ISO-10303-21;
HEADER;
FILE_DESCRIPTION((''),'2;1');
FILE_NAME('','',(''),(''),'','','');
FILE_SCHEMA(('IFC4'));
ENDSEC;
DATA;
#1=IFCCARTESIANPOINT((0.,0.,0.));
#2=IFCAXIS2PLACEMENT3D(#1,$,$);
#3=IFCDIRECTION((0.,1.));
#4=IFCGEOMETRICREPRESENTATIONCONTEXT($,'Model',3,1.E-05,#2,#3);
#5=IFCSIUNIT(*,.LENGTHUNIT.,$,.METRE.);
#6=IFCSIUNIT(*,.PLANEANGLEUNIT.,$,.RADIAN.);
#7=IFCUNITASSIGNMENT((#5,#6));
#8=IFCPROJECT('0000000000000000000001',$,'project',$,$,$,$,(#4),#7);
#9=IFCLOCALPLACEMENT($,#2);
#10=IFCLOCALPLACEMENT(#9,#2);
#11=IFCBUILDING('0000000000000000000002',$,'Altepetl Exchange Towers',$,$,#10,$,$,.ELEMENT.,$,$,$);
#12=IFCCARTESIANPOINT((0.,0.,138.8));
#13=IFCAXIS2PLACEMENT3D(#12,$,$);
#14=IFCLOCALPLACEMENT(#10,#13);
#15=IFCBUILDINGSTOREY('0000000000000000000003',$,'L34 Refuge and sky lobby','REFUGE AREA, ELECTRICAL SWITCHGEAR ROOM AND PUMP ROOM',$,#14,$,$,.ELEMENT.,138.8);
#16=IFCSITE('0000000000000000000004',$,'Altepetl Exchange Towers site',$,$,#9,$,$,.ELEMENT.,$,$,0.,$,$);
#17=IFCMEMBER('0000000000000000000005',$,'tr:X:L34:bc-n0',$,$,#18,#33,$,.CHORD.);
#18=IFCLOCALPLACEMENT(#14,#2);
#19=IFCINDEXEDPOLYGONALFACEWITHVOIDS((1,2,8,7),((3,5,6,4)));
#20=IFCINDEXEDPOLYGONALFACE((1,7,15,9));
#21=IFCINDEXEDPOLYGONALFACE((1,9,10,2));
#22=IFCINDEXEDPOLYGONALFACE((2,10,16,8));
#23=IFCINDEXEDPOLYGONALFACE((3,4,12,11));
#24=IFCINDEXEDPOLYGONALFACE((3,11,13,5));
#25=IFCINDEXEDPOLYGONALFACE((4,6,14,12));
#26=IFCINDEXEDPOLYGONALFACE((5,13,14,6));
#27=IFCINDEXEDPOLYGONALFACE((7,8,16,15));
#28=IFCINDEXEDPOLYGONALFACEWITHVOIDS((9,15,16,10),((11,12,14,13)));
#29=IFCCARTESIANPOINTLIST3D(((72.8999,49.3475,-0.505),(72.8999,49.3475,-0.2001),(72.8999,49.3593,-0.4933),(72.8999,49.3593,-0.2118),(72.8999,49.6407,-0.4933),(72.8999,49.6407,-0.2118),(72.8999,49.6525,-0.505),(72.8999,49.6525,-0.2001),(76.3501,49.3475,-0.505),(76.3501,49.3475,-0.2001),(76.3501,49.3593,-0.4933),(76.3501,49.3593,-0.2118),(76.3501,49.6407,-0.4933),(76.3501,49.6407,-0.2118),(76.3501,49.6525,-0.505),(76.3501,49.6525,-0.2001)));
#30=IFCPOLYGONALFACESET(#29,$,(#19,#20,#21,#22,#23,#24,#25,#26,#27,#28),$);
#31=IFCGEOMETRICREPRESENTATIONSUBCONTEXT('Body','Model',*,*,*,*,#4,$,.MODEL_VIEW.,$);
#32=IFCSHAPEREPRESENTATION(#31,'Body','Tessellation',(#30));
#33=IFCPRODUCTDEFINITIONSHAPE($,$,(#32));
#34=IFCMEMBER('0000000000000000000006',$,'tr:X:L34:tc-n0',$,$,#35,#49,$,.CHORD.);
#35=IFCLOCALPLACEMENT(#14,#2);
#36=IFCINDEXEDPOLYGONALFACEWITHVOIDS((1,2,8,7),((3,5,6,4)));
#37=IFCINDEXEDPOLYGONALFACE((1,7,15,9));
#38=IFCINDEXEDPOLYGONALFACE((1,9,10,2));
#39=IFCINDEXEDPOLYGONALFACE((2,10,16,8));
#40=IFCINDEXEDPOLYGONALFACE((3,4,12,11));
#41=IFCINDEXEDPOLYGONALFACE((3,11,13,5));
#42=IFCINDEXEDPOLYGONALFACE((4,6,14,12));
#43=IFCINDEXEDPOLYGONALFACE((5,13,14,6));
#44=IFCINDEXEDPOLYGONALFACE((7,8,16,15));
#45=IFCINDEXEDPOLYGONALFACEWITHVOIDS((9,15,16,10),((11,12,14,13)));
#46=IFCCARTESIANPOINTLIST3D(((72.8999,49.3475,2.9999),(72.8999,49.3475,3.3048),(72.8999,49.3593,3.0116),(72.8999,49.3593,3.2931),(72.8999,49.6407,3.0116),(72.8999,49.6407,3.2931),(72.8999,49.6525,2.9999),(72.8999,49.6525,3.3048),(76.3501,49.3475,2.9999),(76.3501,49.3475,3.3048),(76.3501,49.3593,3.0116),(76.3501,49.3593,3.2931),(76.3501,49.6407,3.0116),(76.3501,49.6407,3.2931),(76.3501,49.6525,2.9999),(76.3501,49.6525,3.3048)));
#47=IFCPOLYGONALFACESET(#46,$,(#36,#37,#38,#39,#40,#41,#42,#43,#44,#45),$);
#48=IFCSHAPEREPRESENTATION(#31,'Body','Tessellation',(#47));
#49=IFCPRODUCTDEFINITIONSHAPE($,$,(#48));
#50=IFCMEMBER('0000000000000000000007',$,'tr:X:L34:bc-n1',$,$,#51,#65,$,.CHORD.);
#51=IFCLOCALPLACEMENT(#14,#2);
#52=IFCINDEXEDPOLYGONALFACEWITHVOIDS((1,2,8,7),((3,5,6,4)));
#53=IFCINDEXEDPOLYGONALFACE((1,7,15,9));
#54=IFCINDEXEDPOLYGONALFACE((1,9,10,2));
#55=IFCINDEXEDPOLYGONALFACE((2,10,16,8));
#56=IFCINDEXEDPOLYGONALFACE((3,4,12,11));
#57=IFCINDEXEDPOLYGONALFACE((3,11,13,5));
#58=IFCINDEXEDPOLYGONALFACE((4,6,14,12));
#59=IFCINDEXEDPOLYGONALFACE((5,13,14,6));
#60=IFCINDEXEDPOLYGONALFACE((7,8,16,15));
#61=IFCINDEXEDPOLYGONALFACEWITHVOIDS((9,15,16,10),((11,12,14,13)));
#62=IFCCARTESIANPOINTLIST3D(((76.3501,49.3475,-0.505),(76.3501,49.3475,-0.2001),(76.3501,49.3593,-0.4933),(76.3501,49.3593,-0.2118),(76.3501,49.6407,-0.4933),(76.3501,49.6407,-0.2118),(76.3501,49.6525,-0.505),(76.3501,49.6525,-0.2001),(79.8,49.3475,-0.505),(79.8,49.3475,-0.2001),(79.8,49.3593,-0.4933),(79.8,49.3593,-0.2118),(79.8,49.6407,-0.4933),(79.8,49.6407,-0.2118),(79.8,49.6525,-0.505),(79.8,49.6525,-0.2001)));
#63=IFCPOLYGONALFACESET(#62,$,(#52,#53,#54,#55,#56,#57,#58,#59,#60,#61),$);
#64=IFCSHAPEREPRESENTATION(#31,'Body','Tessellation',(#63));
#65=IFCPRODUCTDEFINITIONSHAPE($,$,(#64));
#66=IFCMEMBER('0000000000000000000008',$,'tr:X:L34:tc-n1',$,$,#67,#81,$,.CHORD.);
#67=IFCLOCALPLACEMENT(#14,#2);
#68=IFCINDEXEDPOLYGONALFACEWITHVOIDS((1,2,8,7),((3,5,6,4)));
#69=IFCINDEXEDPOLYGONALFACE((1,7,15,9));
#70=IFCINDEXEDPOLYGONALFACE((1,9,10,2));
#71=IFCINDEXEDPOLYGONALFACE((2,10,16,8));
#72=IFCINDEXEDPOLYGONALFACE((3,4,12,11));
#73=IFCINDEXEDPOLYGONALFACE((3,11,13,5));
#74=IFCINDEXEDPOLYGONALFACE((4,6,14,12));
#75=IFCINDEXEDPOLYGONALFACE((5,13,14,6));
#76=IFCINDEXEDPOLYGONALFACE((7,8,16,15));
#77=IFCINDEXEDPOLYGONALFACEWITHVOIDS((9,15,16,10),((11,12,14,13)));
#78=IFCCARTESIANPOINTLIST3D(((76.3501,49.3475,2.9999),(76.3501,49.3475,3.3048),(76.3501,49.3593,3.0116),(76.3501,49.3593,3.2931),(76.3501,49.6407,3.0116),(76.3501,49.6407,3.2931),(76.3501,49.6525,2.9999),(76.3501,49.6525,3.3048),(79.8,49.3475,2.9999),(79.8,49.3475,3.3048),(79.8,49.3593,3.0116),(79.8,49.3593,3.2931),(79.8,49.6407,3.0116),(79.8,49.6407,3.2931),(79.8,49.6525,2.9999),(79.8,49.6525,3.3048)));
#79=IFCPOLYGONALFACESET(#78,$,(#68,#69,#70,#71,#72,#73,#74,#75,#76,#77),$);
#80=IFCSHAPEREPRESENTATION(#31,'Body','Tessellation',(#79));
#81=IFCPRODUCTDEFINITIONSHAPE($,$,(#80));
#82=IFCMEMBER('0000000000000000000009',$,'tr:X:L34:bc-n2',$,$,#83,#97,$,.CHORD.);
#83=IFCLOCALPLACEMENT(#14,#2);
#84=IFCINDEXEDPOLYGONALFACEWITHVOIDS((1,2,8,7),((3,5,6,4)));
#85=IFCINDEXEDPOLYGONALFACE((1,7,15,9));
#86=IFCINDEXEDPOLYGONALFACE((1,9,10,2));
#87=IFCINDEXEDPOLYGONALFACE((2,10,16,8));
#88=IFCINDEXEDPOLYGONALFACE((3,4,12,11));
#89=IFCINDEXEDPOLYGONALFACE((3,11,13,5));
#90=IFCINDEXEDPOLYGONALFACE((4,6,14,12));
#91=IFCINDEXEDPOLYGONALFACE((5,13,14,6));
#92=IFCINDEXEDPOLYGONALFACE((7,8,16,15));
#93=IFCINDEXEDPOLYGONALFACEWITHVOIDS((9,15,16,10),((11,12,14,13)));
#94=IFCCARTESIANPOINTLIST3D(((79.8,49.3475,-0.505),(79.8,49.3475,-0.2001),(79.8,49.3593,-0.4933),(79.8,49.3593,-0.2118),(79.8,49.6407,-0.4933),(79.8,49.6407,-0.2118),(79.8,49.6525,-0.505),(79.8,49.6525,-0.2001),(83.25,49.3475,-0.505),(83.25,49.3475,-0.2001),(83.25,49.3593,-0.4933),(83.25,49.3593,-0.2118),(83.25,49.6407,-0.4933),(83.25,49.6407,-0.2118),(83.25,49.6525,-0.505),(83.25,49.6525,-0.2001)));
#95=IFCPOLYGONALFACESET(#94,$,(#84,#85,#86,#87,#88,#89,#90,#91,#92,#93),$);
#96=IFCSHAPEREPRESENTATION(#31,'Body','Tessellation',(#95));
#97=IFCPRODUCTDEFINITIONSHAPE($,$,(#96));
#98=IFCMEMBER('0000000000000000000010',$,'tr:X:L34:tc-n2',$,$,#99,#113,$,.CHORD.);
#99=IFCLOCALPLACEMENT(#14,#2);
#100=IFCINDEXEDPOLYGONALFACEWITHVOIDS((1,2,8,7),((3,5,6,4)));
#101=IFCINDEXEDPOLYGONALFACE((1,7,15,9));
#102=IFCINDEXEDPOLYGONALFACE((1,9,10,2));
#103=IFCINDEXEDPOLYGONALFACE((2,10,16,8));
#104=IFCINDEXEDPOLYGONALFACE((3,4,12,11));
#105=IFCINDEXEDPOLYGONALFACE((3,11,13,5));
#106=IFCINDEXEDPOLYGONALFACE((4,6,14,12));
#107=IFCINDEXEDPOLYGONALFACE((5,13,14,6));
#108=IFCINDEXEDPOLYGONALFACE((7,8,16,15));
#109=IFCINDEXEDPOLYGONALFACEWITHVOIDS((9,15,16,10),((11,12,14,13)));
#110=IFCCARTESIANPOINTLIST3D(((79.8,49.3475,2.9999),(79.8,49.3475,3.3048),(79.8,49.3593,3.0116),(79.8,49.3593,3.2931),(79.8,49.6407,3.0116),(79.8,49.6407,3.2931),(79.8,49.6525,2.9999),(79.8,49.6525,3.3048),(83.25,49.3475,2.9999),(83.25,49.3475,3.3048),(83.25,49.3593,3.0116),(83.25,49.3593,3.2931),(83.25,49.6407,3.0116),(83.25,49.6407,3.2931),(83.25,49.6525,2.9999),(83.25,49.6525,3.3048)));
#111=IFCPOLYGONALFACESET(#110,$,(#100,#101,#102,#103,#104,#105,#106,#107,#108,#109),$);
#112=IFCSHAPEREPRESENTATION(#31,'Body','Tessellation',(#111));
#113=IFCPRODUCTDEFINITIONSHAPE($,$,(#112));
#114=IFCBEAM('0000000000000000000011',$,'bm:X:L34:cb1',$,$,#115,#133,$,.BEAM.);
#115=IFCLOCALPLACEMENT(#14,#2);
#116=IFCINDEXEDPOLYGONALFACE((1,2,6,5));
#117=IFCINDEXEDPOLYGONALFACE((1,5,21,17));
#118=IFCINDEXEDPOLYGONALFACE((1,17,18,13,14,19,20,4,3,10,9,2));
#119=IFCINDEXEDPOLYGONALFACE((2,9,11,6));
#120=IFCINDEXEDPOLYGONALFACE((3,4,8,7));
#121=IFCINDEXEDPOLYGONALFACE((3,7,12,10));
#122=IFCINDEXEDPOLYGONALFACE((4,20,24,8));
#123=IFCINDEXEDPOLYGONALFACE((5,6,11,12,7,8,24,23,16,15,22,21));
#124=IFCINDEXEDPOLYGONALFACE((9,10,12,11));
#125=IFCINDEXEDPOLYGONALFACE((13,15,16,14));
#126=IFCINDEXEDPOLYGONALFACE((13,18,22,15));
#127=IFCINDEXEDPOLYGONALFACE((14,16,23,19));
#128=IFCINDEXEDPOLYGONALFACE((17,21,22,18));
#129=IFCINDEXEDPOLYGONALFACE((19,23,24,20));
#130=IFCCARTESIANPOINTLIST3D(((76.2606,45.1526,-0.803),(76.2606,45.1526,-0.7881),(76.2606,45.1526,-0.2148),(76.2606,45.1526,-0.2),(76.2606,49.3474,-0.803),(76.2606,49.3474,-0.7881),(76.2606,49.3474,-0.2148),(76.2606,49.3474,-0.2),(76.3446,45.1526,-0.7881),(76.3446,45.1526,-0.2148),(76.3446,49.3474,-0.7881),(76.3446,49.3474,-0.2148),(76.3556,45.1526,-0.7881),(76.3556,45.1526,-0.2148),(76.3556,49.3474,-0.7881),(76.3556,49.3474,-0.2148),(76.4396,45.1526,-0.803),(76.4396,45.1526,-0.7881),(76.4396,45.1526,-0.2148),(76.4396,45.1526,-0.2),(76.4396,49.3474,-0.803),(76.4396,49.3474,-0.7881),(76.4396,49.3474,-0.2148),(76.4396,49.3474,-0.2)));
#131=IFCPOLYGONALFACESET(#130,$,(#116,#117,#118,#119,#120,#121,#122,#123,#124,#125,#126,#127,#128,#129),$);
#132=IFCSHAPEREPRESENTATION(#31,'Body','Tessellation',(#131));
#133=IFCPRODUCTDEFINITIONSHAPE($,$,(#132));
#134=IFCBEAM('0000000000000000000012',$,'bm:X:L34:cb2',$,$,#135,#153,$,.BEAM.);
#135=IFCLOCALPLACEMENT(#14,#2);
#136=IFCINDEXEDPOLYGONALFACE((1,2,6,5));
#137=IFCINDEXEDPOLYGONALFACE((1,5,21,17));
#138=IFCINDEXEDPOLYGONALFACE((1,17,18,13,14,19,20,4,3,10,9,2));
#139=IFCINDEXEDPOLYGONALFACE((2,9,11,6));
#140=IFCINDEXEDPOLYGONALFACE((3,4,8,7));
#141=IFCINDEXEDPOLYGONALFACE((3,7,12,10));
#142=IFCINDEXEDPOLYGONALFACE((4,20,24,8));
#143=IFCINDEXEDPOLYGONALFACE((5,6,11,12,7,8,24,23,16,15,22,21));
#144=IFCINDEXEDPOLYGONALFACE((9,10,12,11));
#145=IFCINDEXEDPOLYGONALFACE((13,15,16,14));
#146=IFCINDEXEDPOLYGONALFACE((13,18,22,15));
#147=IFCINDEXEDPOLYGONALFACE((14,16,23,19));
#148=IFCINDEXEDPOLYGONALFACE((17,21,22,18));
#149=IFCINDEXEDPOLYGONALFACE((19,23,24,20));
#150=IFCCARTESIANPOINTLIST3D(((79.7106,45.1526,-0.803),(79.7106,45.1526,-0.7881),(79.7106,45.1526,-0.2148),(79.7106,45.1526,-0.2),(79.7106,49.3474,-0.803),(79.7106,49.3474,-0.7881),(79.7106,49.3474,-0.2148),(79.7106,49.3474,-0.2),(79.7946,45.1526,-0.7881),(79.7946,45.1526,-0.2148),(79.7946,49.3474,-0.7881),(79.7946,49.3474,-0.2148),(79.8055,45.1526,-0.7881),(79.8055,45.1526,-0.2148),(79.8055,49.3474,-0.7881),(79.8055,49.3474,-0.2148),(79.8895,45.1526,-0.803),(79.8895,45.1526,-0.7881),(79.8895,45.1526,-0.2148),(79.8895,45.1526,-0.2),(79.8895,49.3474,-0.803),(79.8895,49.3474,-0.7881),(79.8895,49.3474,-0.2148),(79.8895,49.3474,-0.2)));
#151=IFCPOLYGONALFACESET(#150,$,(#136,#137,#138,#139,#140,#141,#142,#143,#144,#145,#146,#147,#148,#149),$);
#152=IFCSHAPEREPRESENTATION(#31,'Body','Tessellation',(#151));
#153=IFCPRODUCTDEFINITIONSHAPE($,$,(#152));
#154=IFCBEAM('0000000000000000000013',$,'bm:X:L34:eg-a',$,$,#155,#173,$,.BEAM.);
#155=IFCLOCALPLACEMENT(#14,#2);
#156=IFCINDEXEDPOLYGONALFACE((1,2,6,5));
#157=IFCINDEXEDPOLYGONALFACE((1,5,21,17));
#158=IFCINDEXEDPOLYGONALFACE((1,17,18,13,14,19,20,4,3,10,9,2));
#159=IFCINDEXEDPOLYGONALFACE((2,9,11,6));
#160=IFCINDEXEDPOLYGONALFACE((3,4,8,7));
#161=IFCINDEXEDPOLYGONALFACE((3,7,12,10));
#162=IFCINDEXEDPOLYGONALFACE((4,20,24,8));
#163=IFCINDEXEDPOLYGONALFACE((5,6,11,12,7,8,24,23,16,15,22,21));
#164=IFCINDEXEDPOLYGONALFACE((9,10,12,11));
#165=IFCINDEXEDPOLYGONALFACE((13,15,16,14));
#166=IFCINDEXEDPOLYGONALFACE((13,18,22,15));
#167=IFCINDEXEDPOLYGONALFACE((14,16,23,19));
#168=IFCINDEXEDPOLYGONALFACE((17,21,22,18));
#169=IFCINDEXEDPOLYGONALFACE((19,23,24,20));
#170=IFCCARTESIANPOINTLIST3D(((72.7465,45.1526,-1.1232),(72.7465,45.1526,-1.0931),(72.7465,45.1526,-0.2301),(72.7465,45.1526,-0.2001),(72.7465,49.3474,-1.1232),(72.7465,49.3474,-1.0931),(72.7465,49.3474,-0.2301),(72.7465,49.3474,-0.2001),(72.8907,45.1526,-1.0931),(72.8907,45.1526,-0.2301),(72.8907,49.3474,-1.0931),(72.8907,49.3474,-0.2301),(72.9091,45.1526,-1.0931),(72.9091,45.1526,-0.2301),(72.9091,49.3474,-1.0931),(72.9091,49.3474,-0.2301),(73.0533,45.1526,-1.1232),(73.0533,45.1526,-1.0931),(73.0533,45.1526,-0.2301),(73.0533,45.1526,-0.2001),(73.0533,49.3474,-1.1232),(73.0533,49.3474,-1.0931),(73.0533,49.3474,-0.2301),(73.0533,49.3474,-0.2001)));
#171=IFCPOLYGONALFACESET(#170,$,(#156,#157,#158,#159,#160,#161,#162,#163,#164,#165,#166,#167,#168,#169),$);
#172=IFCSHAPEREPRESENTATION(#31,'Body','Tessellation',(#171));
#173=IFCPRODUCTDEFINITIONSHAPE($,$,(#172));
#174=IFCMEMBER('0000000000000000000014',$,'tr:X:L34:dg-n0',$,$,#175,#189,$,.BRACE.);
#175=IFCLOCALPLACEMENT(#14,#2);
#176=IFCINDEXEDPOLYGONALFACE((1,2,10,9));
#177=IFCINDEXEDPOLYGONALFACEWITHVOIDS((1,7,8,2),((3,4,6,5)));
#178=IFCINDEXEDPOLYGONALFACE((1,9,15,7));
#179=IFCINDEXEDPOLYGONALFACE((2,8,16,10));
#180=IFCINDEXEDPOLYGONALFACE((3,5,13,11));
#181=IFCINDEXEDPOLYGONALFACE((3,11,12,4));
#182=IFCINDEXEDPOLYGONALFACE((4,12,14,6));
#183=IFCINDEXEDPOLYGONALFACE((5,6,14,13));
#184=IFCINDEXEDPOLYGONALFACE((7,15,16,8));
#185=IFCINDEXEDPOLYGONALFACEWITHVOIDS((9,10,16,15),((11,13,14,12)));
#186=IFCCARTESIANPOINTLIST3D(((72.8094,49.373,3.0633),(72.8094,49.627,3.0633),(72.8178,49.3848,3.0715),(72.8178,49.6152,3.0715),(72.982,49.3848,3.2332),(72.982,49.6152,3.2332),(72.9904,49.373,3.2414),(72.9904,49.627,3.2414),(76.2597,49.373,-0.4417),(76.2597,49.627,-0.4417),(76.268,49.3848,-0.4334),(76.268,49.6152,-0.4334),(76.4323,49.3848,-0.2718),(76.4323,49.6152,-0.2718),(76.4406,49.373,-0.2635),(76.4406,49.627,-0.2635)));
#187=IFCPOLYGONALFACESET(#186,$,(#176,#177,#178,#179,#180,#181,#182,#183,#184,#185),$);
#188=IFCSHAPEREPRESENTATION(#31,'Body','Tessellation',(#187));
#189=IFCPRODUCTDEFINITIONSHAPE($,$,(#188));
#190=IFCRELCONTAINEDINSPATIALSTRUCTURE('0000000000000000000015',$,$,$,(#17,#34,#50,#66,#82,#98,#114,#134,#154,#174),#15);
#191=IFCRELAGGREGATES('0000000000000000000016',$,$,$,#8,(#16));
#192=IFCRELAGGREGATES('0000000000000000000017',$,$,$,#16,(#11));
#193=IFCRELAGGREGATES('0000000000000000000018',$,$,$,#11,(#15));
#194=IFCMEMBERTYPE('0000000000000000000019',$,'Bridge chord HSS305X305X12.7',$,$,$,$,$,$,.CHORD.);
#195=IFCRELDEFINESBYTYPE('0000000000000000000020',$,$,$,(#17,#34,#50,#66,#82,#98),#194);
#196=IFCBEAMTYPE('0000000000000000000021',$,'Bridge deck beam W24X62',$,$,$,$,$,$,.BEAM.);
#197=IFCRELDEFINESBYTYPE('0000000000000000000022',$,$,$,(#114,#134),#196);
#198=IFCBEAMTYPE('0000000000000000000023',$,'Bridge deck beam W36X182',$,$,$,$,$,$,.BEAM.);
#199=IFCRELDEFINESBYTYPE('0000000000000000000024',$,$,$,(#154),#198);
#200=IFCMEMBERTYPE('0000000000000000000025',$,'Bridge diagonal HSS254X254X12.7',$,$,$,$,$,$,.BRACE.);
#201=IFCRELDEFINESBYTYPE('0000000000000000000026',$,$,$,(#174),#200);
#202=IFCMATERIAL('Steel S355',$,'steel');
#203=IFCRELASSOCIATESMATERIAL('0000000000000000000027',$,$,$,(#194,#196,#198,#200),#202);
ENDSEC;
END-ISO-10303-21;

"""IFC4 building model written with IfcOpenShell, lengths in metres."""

from ifc_helpers import new_model, si_unit, direction, frame, origin, origin_2d, place, context, subcontext, project, spatial, hollow_rectangle, i_section, extrude, material, material_profile, profile_set, type_object, element, save


model = new_model("IFC4")

# Units and contexts
model_context = context("Model", 3, precision=1e-05, world=origin(), true_north=direction((0.0, 1.0)))
body_context = subcontext(model_context, "Body", "Model", "MODEL_VIEW")
ifc_project = project(units=[si_unit("LENGTHUNIT", "METRE"), si_unit("PLANEANGLEUNIT", "RADIAN")], contexts=[model_context])

# Site, building, storey
site_placement = place(None, origin())
site = spatial("IfcSite", under=ifc_project, at=site_placement, Name="Altepetl Exchange Towers site", CompositionType="ELEMENT", RefElevation=0.0)
building_placement = place(site_placement, origin())
building = spatial("IfcBuilding", under=site, at=building_placement, Name="Altepetl Exchange Towers", CompositionType="ELEMENT")
storey_placement = place(building_placement, frame((0.0, 0.0, 138.8)))
storey = spatial("IfcBuildingStorey", under=building, at=storey_placement, Name="L34 Refuge and sky lobby", Description="REFUGE AREA, ELECTRICAL SWITCHGEAR ROOM AND PUMP ROOM", CompositionType="ELEMENT", Elevation=138.8)

# Members
ifc_material_1 = material(Name="Steel S355", Category="steel")
ifc_material_profile_1 = material_profile(ifc_material_1, hollow_rectangle(XDim=0.3049, YDim=0.3049, WallThickness=0.0117, at=origin_2d()), Name="HSS305X305X12.7")
ifc_profile_set_1 = profile_set([ifc_material_profile_1], Name="Steel S355")
member_type_1 = type_object("IfcMemberType", Name="Bridge chord HSS305X305X12.7", PredefinedType="CHORD", material=ifc_profile_set_1)
for number, where, z_axis, x_axis, name in (
    (1, (72.8999, 49.5, -0.3525), (1.0, 0.0, 0.0), (0.0, 1.0, 0.0), "tr:X:L34:bc-n0"),
    (2, (72.8999, 49.5, 3.1523), (1.0, 0.0, 0.0), (0.0, 1.0, 0.0), "tr:X:L34:tc-n0"),
):
    element("IfcMember", number, at=place(storey_placement, frame(where, z_axis=z_axis, x_axis=x_axis)), inside=storey, type_object=member_type_1, Name=name, PredefinedType="CHORD", context=body_context, shape_type="SweptSolid", body=[
        extrude(hollow_rectangle(XDim=0.3049, YDim=0.3049, WallThickness=0.0117, at=origin_2d()), origin(), (0.0, 0.0, 1.0), 3.4502),
    ])
for number, where, z_axis, x_axis, name in (
    (3, (76.3501, 49.5, -0.3525), (1.0, 0.0, 0.0), (0.0, 1.0, 0.0), "tr:X:L34:bc-n1"),
    (4, (76.3501, 49.5, 3.1523), (1.0, 0.0, 0.0), (0.0, 1.0, 0.0), "tr:X:L34:tc-n1"),
    (5, (79.8, 49.5, -0.3525), (1.0, 0.0, 0.0), (0.0, 1.0, 0.0), "tr:X:L34:bc-n2"),
    (6, (79.8, 49.5, 3.1523), (1.0, 0.0, 0.0), (0.0, 1.0, 0.0), "tr:X:L34:tc-n2"),
):
    element("IfcMember", number, at=place(storey_placement, frame(where, z_axis=z_axis, x_axis=x_axis)), inside=storey, type_object=member_type_1, Name=name, PredefinedType="CHORD", context=body_context, shape_type="SweptSolid", body=[
        extrude(hollow_rectangle(XDim=0.3049, YDim=0.3049, WallThickness=0.0117, at=origin_2d()), origin(), (0.0, 0.0, 1.0), 3.45),
    ])

# Beams
ifc_material_profile_2 = material_profile(ifc_material_1, i_section(OverallWidth=0.179, OverallDepth=0.603, WebThickness=0.011, FlangeThickness=0.0149, at=origin_2d()), Name="W24X62")
ifc_profile_set_2 = profile_set([ifc_material_profile_2], Name="Steel S355")
beam_type_1 = type_object("IfcBeamType", Name="Bridge deck beam W24X62", PredefinedType="BEAM", material=ifc_profile_set_2)
for number, where, z_axis, x_axis, name in (
    (7, (76.3501, 45.1526, -0.5015), (0.0, 1.0, 0.0), (-1.0, 0.0, 0.0), "bm:X:L34:cb1"),
    (8, (79.8, 45.1526, -0.5015), (0.0, 1.0, 0.0), (-1.0, 0.0, 0.0), "bm:X:L34:cb2"),
):
    element("IfcBeam", number, at=place(storey_placement, frame(where, z_axis=z_axis, x_axis=x_axis)), inside=storey, type_object=beam_type_1, Name=name, PredefinedType="BEAM", context=body_context, shape_type="SweptSolid", body=[
        extrude(i_section(OverallWidth=0.179, OverallDepth=0.603, WebThickness=0.011, FlangeThickness=0.0149, at=origin_2d()), origin(), (0.0, 0.0, 1.0), 4.1948),
    ])
ifc_material_profile_3 = material_profile(ifc_material_1, i_section(OverallWidth=0.3069, OverallDepth=0.9231, WebThickness=0.0183, FlangeThickness=0.03, at=origin_2d()), Name="W36X182")
ifc_profile_set_3 = profile_set([ifc_material_profile_3], Name="Steel S355")
beam_type_2 = type_object("IfcBeamType", Name="Bridge deck beam W36X182", PredefinedType="BEAM", material=ifc_profile_set_3)
beam_placement = place(storey_placement, frame((72.8999, 45.1526, -0.6616), z_axis=(0.0, 1.0, 0.0), x_axis=(-1.0, 0.0, 0.0)))
element("IfcBeam", 9, at=beam_placement, inside=storey, type_object=beam_type_2, Name="bm:X:L34:eg-a", PredefinedType="BEAM", context=body_context, shape_type="SweptSolid", body=[
    extrude(i_section(OverallWidth=0.3069, OverallDepth=0.9231, WebThickness=0.0183, FlangeThickness=0.03, at=origin_2d()), origin(), (0.0, 0.0, 1.0), 4.1948),
])

# Member
ifc_material_profile_4 = material_profile(ifc_material_1, hollow_rectangle(XDim=0.2539, YDim=0.2539, WallThickness=0.0117, at=origin_2d()), Name="HSS254X254X12.7")
ifc_profile_set_4 = profile_set([ifc_material_profile_4], Name="Steel S355")
member_type_2 = type_object("IfcMemberType", Name="Bridge diagonal HSS254X254X12.7", PredefinedType="BRACE", material=ifc_profile_set_4)
member_1_placement = place(storey_placement, frame((72.8999, 49.5, 3.1523), z_axis=(0.701525, 0.0, -0.712645), x_axis=(0.0, 1.0, 0.0)))
element("IfcMember", 10, at=member_1_placement, inside=storey, type_object=member_type_2, Name="tr:X:L34:dg-n0", PredefinedType="BRACE", context=body_context, shape_type="SweptSolid", body=[
    extrude(hollow_rectangle(XDim=0.2539, YDim=0.2539, WallThickness=0.0117, at=origin_2d()), origin(), (0.0, 0.0, 1.0), 4.9182),
])

save(model, "model.ifc")
